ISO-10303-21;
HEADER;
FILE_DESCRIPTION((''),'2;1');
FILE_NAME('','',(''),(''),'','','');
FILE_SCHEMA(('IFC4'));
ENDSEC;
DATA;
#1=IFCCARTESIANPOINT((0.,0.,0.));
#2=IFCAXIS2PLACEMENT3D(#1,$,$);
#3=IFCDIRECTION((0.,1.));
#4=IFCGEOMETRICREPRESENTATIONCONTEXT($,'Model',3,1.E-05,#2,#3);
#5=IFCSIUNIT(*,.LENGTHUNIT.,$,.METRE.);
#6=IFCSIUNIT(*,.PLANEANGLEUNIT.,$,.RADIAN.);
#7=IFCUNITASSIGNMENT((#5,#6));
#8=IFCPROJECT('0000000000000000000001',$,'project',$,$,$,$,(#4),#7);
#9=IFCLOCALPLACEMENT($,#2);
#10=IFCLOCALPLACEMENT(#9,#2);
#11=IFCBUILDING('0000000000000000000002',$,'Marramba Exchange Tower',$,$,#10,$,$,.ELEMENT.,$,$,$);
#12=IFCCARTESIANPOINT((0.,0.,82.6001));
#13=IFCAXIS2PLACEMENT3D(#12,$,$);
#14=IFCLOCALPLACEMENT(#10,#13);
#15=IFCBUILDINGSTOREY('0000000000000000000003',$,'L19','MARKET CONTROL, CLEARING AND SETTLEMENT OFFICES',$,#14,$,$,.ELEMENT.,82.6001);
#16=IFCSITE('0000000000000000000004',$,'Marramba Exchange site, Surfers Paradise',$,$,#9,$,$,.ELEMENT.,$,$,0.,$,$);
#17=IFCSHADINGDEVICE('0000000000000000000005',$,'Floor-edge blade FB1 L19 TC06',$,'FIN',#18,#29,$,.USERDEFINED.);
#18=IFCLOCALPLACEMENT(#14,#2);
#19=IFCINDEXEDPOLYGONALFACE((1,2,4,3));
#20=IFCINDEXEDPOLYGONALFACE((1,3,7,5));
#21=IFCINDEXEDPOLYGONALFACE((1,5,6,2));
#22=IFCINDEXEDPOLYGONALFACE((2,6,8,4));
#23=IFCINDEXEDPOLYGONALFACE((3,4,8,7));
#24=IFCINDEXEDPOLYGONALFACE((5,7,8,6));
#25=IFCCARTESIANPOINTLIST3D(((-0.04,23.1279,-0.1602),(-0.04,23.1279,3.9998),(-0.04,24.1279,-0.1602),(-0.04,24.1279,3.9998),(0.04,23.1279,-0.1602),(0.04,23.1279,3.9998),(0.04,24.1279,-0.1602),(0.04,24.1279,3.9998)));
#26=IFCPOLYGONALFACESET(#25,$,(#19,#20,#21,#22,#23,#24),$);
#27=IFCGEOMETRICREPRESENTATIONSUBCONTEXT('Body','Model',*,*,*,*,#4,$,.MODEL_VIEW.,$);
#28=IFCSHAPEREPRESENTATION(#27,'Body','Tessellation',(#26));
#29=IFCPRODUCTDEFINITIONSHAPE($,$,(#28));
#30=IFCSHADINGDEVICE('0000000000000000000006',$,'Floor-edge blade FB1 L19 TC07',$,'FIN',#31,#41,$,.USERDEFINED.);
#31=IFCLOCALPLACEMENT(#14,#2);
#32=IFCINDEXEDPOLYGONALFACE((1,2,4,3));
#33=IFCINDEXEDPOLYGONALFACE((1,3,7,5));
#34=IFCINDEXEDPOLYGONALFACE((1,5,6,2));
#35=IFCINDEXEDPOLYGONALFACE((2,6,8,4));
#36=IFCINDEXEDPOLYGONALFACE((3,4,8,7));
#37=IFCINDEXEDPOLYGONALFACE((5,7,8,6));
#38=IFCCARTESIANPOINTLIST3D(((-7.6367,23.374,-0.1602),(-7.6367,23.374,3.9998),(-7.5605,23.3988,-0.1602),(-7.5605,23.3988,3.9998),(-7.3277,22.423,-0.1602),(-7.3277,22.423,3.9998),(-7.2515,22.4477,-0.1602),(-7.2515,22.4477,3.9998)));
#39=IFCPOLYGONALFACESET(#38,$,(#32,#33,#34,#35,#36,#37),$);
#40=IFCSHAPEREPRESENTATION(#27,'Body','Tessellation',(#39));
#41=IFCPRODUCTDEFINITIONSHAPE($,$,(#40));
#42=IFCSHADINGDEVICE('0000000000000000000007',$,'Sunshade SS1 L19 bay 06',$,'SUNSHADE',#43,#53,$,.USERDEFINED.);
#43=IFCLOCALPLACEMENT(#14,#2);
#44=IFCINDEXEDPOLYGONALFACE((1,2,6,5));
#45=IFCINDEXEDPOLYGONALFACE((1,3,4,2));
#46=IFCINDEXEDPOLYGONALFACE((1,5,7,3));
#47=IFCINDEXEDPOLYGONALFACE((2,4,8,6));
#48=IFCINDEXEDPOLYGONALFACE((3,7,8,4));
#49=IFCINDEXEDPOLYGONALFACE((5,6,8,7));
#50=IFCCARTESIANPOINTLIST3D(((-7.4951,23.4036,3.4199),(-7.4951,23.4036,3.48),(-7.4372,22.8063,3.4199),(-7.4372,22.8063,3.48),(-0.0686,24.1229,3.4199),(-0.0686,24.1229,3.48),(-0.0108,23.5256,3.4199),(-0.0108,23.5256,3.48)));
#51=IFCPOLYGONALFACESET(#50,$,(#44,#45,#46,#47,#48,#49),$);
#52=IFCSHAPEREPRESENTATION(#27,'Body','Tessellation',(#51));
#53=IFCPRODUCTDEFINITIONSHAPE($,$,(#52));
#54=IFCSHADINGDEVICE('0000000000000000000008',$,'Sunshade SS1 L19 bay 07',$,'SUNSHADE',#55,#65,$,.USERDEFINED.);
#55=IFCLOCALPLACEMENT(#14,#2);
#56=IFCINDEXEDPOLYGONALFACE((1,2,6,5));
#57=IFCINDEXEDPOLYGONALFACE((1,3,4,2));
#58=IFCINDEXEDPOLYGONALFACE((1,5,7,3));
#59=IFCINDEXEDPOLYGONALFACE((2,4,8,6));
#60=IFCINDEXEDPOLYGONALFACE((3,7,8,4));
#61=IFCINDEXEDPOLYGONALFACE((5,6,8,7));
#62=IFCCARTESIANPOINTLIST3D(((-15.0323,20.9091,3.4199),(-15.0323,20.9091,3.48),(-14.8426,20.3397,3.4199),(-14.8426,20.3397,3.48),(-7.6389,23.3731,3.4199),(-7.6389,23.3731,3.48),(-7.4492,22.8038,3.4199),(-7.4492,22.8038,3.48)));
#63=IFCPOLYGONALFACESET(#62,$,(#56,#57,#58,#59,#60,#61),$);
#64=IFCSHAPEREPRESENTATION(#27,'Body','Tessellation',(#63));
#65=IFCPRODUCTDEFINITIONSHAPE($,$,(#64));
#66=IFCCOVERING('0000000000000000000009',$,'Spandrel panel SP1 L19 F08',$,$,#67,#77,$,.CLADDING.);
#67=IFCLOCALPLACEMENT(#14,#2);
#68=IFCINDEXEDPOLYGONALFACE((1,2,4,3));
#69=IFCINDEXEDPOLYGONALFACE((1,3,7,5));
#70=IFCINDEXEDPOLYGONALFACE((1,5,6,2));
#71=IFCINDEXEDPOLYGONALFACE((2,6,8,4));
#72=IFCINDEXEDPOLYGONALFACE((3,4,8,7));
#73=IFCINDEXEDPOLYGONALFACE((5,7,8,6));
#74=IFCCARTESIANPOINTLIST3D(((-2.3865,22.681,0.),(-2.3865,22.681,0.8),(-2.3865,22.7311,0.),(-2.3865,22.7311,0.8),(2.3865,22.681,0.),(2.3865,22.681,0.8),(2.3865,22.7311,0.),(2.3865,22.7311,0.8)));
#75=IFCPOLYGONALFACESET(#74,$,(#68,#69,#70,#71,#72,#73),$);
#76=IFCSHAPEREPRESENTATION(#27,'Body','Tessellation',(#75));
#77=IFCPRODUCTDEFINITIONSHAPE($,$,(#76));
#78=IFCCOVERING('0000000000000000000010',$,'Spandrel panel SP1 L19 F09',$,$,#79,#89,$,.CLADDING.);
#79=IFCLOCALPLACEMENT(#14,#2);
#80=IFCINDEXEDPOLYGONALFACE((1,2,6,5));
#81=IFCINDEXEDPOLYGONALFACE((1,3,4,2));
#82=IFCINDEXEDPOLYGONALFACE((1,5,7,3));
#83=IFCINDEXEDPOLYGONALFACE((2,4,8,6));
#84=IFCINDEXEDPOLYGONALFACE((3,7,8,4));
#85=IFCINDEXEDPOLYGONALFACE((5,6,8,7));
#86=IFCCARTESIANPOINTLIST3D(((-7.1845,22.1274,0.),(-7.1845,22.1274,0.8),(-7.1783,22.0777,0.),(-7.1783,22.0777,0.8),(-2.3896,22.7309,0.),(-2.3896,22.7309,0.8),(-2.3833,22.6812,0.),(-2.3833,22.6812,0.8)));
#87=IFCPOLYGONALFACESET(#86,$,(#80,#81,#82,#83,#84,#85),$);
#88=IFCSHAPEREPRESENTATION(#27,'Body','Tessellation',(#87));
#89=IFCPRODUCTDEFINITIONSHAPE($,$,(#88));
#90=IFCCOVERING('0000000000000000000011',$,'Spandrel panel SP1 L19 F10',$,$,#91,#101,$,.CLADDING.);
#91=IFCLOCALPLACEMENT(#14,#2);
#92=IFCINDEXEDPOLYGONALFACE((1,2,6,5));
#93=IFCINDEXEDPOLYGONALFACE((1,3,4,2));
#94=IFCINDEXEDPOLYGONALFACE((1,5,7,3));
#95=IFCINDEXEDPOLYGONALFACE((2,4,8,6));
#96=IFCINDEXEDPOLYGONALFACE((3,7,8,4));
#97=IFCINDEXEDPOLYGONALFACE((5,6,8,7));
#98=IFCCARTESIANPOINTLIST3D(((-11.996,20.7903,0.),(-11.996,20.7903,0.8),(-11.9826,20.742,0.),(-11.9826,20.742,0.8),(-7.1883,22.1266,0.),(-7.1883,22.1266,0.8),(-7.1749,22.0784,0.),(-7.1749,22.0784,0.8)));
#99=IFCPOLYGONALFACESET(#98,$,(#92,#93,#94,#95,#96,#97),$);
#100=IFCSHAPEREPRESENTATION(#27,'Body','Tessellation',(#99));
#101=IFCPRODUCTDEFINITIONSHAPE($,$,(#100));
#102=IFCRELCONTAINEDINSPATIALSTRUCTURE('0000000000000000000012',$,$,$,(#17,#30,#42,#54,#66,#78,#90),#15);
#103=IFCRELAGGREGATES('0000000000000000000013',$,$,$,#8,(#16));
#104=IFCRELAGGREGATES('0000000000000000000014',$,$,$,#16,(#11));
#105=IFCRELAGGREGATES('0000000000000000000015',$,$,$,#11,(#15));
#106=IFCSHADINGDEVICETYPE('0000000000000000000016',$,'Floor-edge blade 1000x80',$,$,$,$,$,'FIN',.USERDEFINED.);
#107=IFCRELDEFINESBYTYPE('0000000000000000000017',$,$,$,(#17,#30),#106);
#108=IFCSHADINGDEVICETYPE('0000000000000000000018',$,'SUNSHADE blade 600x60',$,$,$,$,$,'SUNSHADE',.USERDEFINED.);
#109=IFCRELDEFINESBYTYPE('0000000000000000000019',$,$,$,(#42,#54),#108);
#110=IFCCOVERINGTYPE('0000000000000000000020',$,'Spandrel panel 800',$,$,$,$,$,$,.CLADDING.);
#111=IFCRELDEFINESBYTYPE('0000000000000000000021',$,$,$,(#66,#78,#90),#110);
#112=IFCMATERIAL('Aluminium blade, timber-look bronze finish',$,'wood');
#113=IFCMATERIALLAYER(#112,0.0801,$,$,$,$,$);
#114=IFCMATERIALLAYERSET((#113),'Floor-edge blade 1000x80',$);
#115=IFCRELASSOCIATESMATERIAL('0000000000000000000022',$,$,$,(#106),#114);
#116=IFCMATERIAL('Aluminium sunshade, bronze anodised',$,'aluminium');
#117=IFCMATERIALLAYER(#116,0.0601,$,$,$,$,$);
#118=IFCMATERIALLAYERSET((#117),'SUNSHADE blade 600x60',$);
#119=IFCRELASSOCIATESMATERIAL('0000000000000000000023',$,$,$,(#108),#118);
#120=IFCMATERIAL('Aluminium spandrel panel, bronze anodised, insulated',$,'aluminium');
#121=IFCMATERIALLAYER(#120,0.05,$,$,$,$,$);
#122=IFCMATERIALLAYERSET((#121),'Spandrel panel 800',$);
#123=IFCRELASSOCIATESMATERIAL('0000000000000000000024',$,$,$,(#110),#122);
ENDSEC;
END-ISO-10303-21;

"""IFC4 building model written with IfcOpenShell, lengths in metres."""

from ifc_helpers import new_model, si_unit, direction, frame, origin, origin_2d, place, context, subcontext, project, spatial, rectangle, extrude, material, layer, layer_set, type_object, element, save


model = new_model("IFC4")

# Units and contexts
model_context = context("Model", 3, precision=1e-05, world=origin(), true_north=direction((0.0, 1.0)))
body_context = subcontext(model_context, "Body", "Model", "MODEL_VIEW")
ifc_project = project(units=[si_unit("LENGTHUNIT", "METRE"), si_unit("PLANEANGLEUNIT", "RADIAN")], contexts=[model_context])

# Site, building, storey
site_placement = place(None, origin())
site = spatial("IfcSite", under=ifc_project, at=site_placement, Name="Marramba Exchange site, Surfers Paradise", CompositionType="ELEMENT", RefElevation=0.0)
building_placement = place(site_placement, origin())
building = spatial("IfcBuilding", under=site, at=building_placement, Name="Marramba Exchange Tower", CompositionType="ELEMENT")
storey_placement = place(building_placement, frame((0.0, 0.0, 82.6001)))
storey = spatial("IfcBuildingStorey", under=building, at=storey_placement, Name="L19", Description="MARKET CONTROL, CLEARING AND SETTLEMENT OFFICES", CompositionType="ELEMENT", Elevation=82.6001)

# Shading devices
ifc_material_1 = material(Name="Aluminium blade, timber-look bronze finish", Category="wood")
ifc_layer_1 = layer(ifc_material_1, 0.0801)
ifc_layer_set_1 = layer_set([ifc_layer_1], Name="Floor-edge blade 1000x80")
shading_device_type_1 = type_object("IfcShadingDeviceType", Name="Floor-edge blade 1000x80", ElementType="FIN", PredefinedType="USERDEFINED", material=ifc_layer_set_1)
for number, where, z_axis, x_axis, name in (
    (1, (0.0, 23.6279, -0.1602), (0.0, 0.0, 1.0), (0.0, 1.0, 0.0), "Floor-edge blade FB1 L19 TC06"),
    (2, (-7.4441, 22.9109, -0.1602), (0.0, 0.0, 1.0), (-0.309017, 0.951057, 0.0), "Floor-edge blade FB1 L19 TC07"),
):
    element("IfcShadingDevice", number, at=place(storey_placement, frame(where, z_axis=z_axis, x_axis=x_axis)), inside=storey, type_object=shading_device_type_1, Name=name, ObjectType="FIN", PredefinedType="USERDEFINED", context=body_context, shape_type="SweptSolid", body=[
        extrude(rectangle(XDim=1.0, YDim=0.0801, at=origin_2d()), origin(), (0.0, 0.0, 1.0), 4.1599),
    ])
ifc_material_2 = material(Name="Aluminium sunshade, bronze anodised", Category="aluminium")
ifc_layer_2 = layer(ifc_material_2, 0.0601)
ifc_layer_set_2 = layer_set([ifc_layer_2], Name="SUNSHADE blade 600x60")
shading_device_type_2 = type_object("IfcShadingDeviceType", Name="SUNSHADE blade 600x60", ElementType="SUNSHADE", PredefinedType="USERDEFINED", material=ifc_layer_set_2)
shading_device_1_placement = place(storey_placement, frame((-3.7529, 23.4646, 3.4199), z_axis=(0.0, 0.0, 1.0), x_axis=(-0.995343, -0.096398, 0.0)))
element("IfcShadingDevice", 3, at=shading_device_1_placement, inside=storey, type_object=shading_device_type_2, Name="Sunshade SS1 L19 bay 06", ObjectType="SUNSHADE", PredefinedType="USERDEFINED", context=body_context, shape_type="SweptSolid", body=[
    extrude(rectangle(XDim=7.4612, YDim=0.6001, at=origin_2d()), origin(), (0.0, 0.0, 1.0), 0.0601),
])
shading_device_2_placement = place(storey_placement, frame((-11.2407, 21.8564, 3.4199), z_axis=(0.0, 0.0, 1.0), x_axis=(-0.948698, -0.316184, 0.0)))
element("IfcShadingDevice", 4, at=shading_device_2_placement, inside=storey, type_object=shading_device_type_2, Name="Sunshade SS1 L19 bay 07", ObjectType="SUNSHADE", PredefinedType="USERDEFINED", context=body_context, shape_type="SweptSolid", body=[
    extrude(rectangle(XDim=7.7932, YDim=0.6001, at=origin_2d()), origin(), (0.0, 0.0, 1.0), 0.0601),
])

# Coverings
ifc_material_3 = material(Name="Aluminium spandrel panel, bronze anodised, insulated", Category="aluminium")
ifc_layer_3 = layer(ifc_material_3, 0.05)
ifc_layer_set_3 = layer_set([ifc_layer_3], Name="Spandrel panel 800")
covering_type = type_object("IfcCoveringType", Name="Spandrel panel 800", PredefinedType="CLADDING", material=ifc_layer_set_3)
covering_1_placement = place(storey_placement, frame((0.0, 22.7061, 0.0), z_axis=(0.0, 0.0, 1.0), x_axis=(-1.0, 0.0, 0.0)))
element("IfcCovering", 5, at=covering_1_placement, inside=storey, type_object=covering_type, Name="Spandrel panel SP1 L19 F08", PredefinedType="CLADDING", context=body_context, shape_type="SweptSolid", body=[
    extrude(rectangle(XDim=4.7729, YDim=0.05, at=origin_2d()), origin(), (0.0, 0.0, 1.0), 0.8),
])
covering_2_placement = place(storey_placement, frame((-4.7839, 22.4043, 0.0), z_axis=(0.0, 0.0, 1.0), x_axis=(-0.992173, -0.124873, 0.0)))
element("IfcCovering", 6, at=covering_2_placement, inside=storey, type_object=covering_type, Name="Spandrel panel SP1 L19 F09", PredefinedType="CLADDING", context=body_context, shape_type="SweptSolid", body=[
    extrude(rectangle(XDim=4.8328, YDim=0.05, at=origin_2d()), origin(), (0.0, 0.0, 1.0), 0.8),
])
covering_3_placement = place(storey_placement, frame((-9.5854, 21.4343, 0.0), z_axis=(0.0, 0.0, 1.0), x_axis=(-0.963472, -0.267809, 0.0)))
element("IfcCovering", 7, at=covering_3_placement, inside=storey, type_object=covering_type, Name="Spandrel panel SP1 L19 F10", PredefinedType="CLADDING", context=body_context, shape_type="SweptSolid", body=[
    extrude(rectangle(XDim=4.99, YDim=0.05, at=origin_2d()), origin(), (0.0, 0.0, 1.0), 0.8),
])

save(model, "model.ifc")
